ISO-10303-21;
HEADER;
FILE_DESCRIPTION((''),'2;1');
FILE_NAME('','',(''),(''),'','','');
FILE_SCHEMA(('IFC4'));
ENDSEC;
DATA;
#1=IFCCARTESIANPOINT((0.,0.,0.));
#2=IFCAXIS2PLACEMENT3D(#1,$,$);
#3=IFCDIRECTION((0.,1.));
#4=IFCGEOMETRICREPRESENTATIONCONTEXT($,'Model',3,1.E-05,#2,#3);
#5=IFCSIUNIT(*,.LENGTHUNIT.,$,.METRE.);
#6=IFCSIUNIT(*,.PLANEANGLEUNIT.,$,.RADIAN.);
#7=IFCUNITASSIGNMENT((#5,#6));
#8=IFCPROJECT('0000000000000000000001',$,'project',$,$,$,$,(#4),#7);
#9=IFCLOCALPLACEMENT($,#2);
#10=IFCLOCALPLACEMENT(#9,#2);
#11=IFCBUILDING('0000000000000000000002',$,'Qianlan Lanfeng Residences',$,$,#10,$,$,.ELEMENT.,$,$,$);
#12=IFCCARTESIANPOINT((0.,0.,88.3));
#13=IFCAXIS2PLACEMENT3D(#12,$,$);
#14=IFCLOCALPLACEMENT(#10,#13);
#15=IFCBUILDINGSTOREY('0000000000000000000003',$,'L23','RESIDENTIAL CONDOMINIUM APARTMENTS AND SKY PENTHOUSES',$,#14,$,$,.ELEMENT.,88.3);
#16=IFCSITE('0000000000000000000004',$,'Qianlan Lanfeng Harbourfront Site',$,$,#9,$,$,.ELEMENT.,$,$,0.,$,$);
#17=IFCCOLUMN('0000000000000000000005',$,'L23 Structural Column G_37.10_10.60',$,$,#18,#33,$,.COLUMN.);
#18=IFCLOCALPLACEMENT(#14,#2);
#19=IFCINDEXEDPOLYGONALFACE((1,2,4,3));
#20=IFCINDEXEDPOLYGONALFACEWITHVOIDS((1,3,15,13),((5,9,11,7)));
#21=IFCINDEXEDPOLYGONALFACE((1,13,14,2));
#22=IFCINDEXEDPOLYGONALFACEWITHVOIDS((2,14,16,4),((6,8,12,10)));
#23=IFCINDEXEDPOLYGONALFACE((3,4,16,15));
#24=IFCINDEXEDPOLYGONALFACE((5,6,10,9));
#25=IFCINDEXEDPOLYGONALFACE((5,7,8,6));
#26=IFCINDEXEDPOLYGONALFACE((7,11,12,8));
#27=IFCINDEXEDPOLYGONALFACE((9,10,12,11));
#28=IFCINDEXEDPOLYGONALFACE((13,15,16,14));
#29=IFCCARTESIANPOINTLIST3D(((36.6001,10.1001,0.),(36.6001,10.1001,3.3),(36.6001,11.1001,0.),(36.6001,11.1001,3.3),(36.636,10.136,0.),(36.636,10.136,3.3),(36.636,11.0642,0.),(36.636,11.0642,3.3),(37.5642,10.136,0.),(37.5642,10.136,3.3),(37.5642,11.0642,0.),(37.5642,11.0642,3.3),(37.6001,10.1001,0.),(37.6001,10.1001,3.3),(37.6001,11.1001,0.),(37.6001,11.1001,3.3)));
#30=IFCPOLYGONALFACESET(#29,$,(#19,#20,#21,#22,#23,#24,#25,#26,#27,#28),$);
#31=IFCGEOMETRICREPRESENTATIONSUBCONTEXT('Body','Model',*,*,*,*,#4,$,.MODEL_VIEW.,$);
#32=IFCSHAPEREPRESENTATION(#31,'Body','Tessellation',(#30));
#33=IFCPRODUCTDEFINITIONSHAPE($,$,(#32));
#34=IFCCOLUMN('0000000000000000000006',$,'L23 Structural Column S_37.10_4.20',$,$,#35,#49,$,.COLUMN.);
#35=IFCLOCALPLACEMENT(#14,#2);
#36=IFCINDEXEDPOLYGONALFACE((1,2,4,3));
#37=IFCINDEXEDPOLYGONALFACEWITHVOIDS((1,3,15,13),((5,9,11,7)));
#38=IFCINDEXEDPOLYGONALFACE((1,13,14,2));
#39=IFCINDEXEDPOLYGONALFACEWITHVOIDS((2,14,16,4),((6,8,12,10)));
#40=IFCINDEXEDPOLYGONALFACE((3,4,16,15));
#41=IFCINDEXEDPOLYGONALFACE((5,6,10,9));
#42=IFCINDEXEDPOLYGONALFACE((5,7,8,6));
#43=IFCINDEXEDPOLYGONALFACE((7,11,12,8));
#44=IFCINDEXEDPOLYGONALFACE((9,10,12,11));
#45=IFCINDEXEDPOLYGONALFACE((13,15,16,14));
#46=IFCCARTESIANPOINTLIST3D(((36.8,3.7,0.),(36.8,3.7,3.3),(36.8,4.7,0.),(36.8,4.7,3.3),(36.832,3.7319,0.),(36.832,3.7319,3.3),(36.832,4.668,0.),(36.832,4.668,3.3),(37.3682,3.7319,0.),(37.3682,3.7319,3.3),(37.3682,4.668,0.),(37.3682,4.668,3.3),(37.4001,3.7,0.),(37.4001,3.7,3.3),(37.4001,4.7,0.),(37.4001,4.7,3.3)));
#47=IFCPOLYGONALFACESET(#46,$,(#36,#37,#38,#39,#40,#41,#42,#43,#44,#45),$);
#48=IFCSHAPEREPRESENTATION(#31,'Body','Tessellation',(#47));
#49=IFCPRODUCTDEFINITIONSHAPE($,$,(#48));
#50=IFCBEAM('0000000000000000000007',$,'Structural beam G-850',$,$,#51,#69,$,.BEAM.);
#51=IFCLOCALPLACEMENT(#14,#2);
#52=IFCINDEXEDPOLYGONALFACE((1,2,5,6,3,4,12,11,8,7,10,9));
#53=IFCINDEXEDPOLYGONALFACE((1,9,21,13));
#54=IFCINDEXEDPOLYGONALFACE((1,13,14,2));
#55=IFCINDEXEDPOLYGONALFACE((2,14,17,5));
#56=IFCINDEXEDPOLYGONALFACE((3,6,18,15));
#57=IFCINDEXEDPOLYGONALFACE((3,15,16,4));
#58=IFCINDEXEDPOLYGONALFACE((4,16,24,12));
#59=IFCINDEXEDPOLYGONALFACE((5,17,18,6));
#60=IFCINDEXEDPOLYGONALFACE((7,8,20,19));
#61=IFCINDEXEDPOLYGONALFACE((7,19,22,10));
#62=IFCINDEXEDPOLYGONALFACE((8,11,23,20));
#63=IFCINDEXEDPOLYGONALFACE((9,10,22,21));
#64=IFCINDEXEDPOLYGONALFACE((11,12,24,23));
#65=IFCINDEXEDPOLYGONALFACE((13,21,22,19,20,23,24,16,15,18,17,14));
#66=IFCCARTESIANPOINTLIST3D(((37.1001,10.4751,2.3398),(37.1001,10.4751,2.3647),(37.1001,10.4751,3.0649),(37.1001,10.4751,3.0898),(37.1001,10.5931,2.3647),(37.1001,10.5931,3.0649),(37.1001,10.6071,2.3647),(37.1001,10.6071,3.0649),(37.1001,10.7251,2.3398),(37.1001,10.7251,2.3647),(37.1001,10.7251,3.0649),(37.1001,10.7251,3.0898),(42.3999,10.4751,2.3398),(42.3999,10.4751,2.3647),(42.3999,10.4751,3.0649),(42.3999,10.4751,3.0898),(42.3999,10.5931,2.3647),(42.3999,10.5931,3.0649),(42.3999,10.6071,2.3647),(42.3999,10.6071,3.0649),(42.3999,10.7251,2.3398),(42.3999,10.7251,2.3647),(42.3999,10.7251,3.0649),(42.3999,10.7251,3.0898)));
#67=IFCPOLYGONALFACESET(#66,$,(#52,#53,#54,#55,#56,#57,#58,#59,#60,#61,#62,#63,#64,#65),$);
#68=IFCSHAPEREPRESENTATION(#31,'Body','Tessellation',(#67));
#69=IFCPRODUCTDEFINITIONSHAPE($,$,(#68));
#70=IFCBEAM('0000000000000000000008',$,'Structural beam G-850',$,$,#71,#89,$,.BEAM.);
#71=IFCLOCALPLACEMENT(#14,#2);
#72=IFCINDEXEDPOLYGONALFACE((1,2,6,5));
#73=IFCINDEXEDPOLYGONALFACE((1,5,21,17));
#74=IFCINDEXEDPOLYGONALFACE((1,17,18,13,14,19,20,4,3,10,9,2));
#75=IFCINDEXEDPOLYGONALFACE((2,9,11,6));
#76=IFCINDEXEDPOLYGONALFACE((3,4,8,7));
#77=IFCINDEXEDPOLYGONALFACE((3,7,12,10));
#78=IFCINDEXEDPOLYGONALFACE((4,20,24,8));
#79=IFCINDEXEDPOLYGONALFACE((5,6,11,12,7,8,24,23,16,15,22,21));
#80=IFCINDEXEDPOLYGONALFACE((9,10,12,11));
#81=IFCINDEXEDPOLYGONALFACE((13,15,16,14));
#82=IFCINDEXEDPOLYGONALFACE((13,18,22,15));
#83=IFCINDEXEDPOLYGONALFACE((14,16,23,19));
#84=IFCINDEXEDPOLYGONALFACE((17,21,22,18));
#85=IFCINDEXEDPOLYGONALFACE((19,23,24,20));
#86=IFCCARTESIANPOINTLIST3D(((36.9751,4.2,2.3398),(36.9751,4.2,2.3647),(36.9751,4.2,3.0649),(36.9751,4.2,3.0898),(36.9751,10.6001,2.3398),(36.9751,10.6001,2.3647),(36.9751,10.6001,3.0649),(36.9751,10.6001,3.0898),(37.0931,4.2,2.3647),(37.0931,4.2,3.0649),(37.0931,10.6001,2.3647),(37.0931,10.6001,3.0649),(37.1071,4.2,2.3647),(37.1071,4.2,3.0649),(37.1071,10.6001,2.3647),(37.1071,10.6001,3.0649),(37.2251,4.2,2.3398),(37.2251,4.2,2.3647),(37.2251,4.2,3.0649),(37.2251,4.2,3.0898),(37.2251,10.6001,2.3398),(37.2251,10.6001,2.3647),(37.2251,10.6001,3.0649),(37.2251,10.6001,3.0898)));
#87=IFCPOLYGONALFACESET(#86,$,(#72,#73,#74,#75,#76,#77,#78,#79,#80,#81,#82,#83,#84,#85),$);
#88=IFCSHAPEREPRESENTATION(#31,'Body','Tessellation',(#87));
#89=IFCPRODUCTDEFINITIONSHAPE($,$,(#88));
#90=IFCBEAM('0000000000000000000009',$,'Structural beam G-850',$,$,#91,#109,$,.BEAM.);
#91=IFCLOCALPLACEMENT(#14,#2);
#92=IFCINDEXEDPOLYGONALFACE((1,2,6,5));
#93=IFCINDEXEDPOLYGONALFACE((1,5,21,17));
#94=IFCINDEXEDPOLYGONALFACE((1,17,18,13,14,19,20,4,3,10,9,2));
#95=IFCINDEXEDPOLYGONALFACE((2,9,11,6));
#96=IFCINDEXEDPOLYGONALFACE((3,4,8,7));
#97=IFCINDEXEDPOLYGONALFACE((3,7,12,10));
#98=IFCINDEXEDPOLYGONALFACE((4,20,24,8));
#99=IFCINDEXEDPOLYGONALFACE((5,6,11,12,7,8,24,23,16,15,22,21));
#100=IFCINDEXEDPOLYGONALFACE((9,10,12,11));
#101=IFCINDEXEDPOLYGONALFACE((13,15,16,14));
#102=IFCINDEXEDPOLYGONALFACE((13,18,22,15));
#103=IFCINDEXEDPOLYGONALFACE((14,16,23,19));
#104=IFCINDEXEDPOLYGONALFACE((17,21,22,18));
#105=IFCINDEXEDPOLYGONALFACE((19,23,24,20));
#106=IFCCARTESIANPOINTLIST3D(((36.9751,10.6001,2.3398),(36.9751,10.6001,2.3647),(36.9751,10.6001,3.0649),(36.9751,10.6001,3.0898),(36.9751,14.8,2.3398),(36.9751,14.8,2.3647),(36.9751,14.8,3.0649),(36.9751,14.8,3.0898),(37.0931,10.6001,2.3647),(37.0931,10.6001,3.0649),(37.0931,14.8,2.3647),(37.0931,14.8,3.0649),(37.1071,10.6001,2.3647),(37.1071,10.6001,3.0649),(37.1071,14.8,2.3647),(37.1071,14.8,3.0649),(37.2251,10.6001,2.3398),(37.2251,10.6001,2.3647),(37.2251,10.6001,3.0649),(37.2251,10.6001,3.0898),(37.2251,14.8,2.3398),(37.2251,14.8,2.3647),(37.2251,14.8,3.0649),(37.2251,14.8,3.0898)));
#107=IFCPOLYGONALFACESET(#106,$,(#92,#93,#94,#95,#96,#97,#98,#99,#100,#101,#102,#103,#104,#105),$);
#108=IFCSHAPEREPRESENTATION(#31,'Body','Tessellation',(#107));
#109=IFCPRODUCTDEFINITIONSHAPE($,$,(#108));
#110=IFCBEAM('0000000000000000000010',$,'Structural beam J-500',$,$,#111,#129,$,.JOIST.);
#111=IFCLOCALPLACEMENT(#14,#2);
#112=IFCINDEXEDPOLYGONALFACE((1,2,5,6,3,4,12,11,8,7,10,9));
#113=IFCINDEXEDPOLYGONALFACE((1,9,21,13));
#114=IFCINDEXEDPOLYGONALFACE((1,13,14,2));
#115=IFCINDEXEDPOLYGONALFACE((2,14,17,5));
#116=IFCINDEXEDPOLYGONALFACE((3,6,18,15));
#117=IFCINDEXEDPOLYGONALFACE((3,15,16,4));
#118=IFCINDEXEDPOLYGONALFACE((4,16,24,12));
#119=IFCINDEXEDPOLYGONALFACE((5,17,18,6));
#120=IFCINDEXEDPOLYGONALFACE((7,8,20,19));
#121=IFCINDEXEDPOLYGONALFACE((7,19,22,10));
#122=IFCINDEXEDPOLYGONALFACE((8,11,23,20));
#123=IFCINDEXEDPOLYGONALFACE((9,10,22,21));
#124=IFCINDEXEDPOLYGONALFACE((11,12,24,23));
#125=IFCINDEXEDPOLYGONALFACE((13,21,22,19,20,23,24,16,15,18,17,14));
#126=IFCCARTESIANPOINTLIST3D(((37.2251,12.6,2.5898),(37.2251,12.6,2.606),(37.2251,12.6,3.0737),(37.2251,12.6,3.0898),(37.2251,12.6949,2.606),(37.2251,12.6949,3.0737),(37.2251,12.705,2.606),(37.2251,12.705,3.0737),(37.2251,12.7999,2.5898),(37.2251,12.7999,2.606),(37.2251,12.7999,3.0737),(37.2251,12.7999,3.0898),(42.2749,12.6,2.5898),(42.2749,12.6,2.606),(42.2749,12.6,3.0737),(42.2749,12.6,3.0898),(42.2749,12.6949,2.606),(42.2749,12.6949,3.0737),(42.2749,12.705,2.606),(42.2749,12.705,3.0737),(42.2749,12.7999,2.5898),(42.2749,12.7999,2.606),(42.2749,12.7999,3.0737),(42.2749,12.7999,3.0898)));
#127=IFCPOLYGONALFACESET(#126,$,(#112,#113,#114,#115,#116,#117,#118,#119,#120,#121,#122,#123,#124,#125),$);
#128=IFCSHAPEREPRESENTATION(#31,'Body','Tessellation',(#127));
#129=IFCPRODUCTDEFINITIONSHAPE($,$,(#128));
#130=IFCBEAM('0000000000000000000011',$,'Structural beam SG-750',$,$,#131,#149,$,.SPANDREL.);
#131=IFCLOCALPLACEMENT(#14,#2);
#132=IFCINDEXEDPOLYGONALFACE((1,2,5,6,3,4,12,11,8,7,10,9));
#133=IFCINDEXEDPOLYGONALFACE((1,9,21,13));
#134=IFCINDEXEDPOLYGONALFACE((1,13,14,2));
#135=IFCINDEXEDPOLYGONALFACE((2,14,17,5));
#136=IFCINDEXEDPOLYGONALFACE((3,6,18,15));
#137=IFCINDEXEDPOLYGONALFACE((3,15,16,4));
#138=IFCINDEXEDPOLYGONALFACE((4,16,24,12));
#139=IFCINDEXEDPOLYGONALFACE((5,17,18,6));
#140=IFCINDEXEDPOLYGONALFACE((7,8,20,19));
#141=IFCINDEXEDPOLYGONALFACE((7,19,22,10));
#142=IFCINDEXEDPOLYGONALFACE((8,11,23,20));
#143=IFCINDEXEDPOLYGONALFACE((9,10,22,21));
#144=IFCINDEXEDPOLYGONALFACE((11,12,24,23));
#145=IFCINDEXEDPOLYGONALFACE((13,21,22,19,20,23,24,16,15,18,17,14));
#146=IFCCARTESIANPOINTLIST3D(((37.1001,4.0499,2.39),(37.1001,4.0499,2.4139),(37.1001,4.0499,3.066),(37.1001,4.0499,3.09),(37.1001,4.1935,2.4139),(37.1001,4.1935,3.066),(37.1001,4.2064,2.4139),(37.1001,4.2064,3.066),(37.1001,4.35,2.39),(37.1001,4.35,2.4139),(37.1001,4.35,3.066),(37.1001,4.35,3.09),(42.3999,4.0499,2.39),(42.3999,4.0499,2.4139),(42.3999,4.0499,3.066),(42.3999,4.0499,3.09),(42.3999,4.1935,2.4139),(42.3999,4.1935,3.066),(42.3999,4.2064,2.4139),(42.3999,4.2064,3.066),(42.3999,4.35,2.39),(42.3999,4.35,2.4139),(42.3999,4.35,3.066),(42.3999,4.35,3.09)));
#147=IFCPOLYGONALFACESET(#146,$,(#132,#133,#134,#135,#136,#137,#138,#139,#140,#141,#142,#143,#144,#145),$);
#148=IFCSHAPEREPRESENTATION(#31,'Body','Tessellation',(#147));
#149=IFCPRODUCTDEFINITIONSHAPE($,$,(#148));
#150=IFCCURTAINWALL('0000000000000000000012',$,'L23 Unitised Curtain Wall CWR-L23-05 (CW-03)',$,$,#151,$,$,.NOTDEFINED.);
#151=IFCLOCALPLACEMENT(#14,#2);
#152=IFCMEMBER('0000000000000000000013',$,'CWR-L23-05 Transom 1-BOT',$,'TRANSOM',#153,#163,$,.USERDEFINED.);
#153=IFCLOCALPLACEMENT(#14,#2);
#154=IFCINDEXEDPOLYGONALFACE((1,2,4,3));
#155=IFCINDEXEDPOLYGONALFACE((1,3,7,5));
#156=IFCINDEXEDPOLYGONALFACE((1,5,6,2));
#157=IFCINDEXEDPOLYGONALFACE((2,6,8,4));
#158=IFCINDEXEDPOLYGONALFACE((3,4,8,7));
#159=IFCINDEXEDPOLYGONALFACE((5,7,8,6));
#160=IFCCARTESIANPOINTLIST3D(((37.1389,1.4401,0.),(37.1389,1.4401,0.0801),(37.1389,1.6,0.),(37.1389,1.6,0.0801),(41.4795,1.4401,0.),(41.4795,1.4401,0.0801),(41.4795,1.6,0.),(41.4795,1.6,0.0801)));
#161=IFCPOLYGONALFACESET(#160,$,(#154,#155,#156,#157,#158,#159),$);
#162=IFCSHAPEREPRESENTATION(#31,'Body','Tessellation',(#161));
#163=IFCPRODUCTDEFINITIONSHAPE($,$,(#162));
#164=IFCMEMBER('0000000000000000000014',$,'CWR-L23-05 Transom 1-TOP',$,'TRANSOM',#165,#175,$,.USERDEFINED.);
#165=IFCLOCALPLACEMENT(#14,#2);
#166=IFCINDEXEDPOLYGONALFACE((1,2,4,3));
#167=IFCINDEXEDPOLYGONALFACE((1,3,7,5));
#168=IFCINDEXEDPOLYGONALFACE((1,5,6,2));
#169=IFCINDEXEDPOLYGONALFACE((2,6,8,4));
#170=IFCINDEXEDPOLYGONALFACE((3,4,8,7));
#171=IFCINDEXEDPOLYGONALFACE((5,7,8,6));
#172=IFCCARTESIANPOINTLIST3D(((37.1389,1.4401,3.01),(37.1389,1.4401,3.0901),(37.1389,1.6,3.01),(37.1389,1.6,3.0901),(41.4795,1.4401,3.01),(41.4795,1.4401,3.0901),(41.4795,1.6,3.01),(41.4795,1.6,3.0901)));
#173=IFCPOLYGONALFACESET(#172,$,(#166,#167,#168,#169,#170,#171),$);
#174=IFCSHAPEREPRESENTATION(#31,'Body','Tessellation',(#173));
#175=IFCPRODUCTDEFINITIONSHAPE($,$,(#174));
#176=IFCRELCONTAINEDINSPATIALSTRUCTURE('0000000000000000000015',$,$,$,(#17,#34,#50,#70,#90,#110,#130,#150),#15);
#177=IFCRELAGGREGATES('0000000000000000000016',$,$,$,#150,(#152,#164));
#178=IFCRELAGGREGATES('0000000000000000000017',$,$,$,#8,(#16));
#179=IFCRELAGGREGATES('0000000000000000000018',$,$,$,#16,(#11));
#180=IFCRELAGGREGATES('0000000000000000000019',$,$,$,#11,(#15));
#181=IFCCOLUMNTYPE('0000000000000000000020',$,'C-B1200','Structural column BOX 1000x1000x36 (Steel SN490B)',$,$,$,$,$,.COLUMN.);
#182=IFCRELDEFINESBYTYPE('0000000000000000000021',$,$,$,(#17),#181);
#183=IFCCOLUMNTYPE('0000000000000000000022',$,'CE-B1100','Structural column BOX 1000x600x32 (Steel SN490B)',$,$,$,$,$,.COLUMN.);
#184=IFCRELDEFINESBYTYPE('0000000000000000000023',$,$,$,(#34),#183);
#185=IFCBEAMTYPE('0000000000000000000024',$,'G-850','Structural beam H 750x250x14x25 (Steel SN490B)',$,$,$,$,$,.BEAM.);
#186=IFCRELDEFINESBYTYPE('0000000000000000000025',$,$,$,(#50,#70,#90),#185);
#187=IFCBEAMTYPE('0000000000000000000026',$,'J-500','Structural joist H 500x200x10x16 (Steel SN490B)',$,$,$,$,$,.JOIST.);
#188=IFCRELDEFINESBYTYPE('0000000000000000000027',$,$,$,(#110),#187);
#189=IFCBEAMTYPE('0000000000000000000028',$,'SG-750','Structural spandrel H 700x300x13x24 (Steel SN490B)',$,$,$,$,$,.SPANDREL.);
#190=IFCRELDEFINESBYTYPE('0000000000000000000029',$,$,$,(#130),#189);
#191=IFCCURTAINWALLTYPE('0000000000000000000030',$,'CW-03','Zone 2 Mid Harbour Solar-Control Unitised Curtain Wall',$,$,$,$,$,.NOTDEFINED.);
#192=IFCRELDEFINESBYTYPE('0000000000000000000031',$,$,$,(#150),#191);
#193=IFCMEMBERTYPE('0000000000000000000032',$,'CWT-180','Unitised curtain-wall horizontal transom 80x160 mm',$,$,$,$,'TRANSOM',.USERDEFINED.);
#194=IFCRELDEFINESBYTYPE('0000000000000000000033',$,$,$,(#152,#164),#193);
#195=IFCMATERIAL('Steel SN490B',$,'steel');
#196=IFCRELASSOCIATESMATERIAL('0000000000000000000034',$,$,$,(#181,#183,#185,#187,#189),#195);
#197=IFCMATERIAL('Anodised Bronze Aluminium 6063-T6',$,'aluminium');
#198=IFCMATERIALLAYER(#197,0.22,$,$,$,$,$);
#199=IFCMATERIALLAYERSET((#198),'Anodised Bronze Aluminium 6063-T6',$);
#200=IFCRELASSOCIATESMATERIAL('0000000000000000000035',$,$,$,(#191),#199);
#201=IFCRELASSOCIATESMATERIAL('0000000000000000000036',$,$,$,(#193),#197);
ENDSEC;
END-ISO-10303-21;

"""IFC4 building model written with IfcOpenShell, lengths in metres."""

from ifc_helpers import new_model, si_unit, direction, frame, origin, origin_2d, place, context, subcontext, project, spatial, rectangle, hollow_rectangle, i_section, extrude, source, transform, mapped, material, layer, layer_set, material_profile, profile_set, type_object, element, aggregate, save


model = new_model("IFC4")

# Units and contexts
model_context = context("Model", 3, precision=1e-05, world=origin(), true_north=direction((0.0, 1.0)))
body_context = subcontext(model_context, "Body", "Model", "MODEL_VIEW")
ifc_project = project(units=[si_unit("LENGTHUNIT", "METRE"), si_unit("PLANEANGLEUNIT", "RADIAN")], contexts=[model_context])

# Site, building, storey
site_placement = place(None, origin())
site = spatial("IfcSite", under=ifc_project, at=site_placement, Name="Qianlan Lanfeng Harbourfront Site", CompositionType="ELEMENT", RefElevation=0.0)
building_placement = place(site_placement, origin())
building = spatial("IfcBuilding", under=site, at=building_placement, Name="Qianlan Lanfeng Residences", CompositionType="ELEMENT")
storey_placement = place(building_placement, frame((0.0, 0.0, 88.3)))
storey = spatial("IfcBuildingStorey", under=building, at=storey_placement, Name="L23", Description="RESIDENTIAL CONDOMINIUM APARTMENTS AND SKY PENTHOUSES", CompositionType="ELEMENT", Elevation=88.3)

# Columns
ifc_material_1 = material(Name="Steel SN490B", Category="steel")
ifc_material_profile_1 = material_profile(ifc_material_1, hollow_rectangle(XDim=1.0, YDim=1.0, WallThickness=0.0359, at=origin_2d()), Name="BOX 1000x1000x36")
ifc_profile_set_1 = profile_set([ifc_material_profile_1], Name="Steel SN490B")
column_type_1 = type_object("IfcColumnType", Name="C-B1200", Description="Structural column BOX 1000x1000x36 (Steel SN490B)", PredefinedType="COLUMN", material=ifc_profile_set_1)
column_1_placement = place(storey_placement, frame((37.1001, 10.6001, 0.0), z_axis=(0.0, 0.0, 1.0), x_axis=(1.0, 0.0, 0.0)))
element("IfcColumn", 1, at=column_1_placement, inside=storey, type_object=column_type_1, Name="L23 Structural Column G_37.10_10.60", PredefinedType="COLUMN", context=body_context, shape_type="SweptSolid", body=[
    extrude(hollow_rectangle(XDim=1.0, YDim=1.0, WallThickness=0.0359, at=origin_2d()), origin(), (0.0, 0.0, 1.0), 3.3),
])
ifc_material_profile_2 = material_profile(ifc_material_1, hollow_rectangle(XDim=0.6001, YDim=1.0, WallThickness=0.032, at=origin_2d()), Name="BOX 1000x600x32")
ifc_profile_set_2 = profile_set([ifc_material_profile_2], Name="Steel SN490B")
column_type_2 = type_object("IfcColumnType", Name="CE-B1100", Description="Structural column BOX 1000x600x32 (Steel SN490B)", PredefinedType="COLUMN", material=ifc_profile_set_2)
column_2_placement = place(storey_placement, frame((37.1001, 4.2, 0.0), z_axis=(0.0, 0.0, 1.0), x_axis=(1.0, 0.0, 0.0)))
element("IfcColumn", 2, at=column_2_placement, inside=storey, type_object=column_type_2, Name="L23 Structural Column S_37.10_4.20", PredefinedType="COLUMN", context=body_context, shape_type="SweptSolid", body=[
    extrude(hollow_rectangle(XDim=0.6001, YDim=1.0, WallThickness=0.032, at=origin_2d()), origin(), (0.0, 0.0, 1.0), 3.3),
])

# Beams
ifc_material_profile_3 = material_profile(ifc_material_1, i_section(OverallWidth=0.25, OverallDepth=0.75, WebThickness=0.0139, FlangeThickness=0.0249, at=origin_2d()), Name="H 750x250x14x25")
ifc_profile_set_3 = profile_set([ifc_material_profile_3], Name="Steel SN490B")
beam_type_1 = type_object("IfcBeamType", Name="G-850", Description="Structural beam H 750x250x14x25 (Steel SN490B)", PredefinedType="BEAM", material=ifc_profile_set_3)
beam_1_placement = place(storey_placement, frame((37.1001, 10.6001, 2.7148), z_axis=(1.0, 0.0, 0.0), x_axis=(0.0, 1.0, 0.0)))
element("IfcBeam", 3, at=beam_1_placement, inside=storey, type_object=beam_type_1, Name="Structural beam G-850", PredefinedType="BEAM", context=body_context, shape_type="SweptSolid", body=[
    extrude(i_section(OverallWidth=0.25, OverallDepth=0.75, WebThickness=0.0139, FlangeThickness=0.0249, at=origin_2d()), origin(), (0.0, 0.0, 1.0), 5.2998),
])
beam_2_placement = place(storey_placement, frame((37.1001, 4.2, 2.7148), z_axis=(0.0, 1.0, 0.0), x_axis=(-1.0, 0.0, 0.0)))
element("IfcBeam", 4, at=beam_2_placement, inside=storey, type_object=beam_type_1, Name="Structural beam G-850", PredefinedType="BEAM", context=body_context, shape_type="SweptSolid", body=[
    extrude(i_section(OverallWidth=0.25, OverallDepth=0.75, WebThickness=0.0139, FlangeThickness=0.0249, at=origin_2d()), origin(), (0.0, 0.0, 1.0), 6.4001),
])
beam_3_placement = place(storey_placement, frame((37.1001, 10.6001, 2.7148), z_axis=(0.0, 1.0, 0.0), x_axis=(-1.0, 0.0, 0.0)))
element("IfcBeam", 5, at=beam_3_placement, inside=storey, type_object=beam_type_1, Name="Structural beam G-850", PredefinedType="BEAM", context=body_context, shape_type="SweptSolid", body=[
    extrude(i_section(OverallWidth=0.25, OverallDepth=0.75, WebThickness=0.0139, FlangeThickness=0.0249, at=origin_2d()), origin(), (0.0, 0.0, 1.0), 4.2),
])
ifc_material_profile_4 = material_profile(ifc_material_1, i_section(OverallWidth=0.2, OverallDepth=0.5, WebThickness=0.01, FlangeThickness=0.0161, at=origin_2d()), Name="H 500x200x10x16")
ifc_profile_set_4 = profile_set([ifc_material_profile_4], Name="Steel SN490B")
beam_type_2 = type_object("IfcBeamType", Name="J-500", Description="Structural joist H 500x200x10x16 (Steel SN490B)", PredefinedType="JOIST", material=ifc_profile_set_4)
beam_4_placement = place(storey_placement, frame((37.2251, 12.7, 2.8398), z_axis=(1.0, 0.0, 0.0), x_axis=(0.0, 1.0, 0.0)))
element("IfcBeam", 6, at=beam_4_placement, inside=storey, type_object=beam_type_2, Name="Structural beam J-500", PredefinedType="JOIST", context=body_context, shape_type="SweptSolid", body=[
    extrude(i_section(OverallWidth=0.2, OverallDepth=0.5, WebThickness=0.01, FlangeThickness=0.0161, at=origin_2d()), origin(), (0.0, 0.0, 1.0), 5.0498),
])
ifc_material_profile_5 = material_profile(ifc_material_1, i_section(OverallWidth=0.3, OverallDepth=0.7, WebThickness=0.0129, FlangeThickness=0.0239, at=origin_2d()), Name="H 700x300x13x24")
ifc_profile_set_5 = profile_set([ifc_material_profile_5], Name="Steel SN490B")
beam_type_3 = type_object("IfcBeamType", Name="SG-750", Description="Structural spandrel H 700x300x13x24 (Steel SN490B)", PredefinedType="SPANDREL", material=ifc_profile_set_5)
beam_5_placement = place(storey_placement, frame((37.1001, 4.2, 2.74), z_axis=(1.0, 0.0, 0.0), x_axis=(0.0, 1.0, 0.0)))
element("IfcBeam", 7, at=beam_5_placement, inside=storey, type_object=beam_type_3, Name="Structural beam SG-750", PredefinedType="SPANDREL", context=body_context, shape_type="SweptSolid", body=[
    extrude(i_section(OverallWidth=0.3, OverallDepth=0.7, WebThickness=0.0129, FlangeThickness=0.0239, at=origin_2d()), origin(), (0.0, 0.0, 1.0), 5.2998),
])

# Curtain wall, members
ifc_material_2 = material(Name="Anodised Bronze Aluminium 6063-T6", Category="aluminium")
ifc_layer_1 = layer(ifc_material_2, 0.22)
ifc_layer_set_1 = layer_set([ifc_layer_1], Name="Anodised Bronze Aluminium 6063-T6")
curtain_wall_type = type_object("IfcCurtainWallType", Name="CW-03", Description="Zone 2 Mid Harbour Solar-Control Unitised Curtain Wall", PredefinedType="NOTDEFINED", material=ifc_layer_set_1)
curtain_wall_1_placement = place(storey_placement, origin())
curtain_wall_1 = element("IfcCurtainWall", 8, at=curtain_wall_1_placement, inside=storey, type_object=curtain_wall_type, Name="L23 Unitised Curtain Wall CWR-L23-05 (CW-03)", PredefinedType="NOTDEFINED")
ifc_material_profile_6 = material_profile(ifc_material_2, rectangle(XDim=0.0801, YDim=0.1599, at=origin_2d()), Name="ALU TRANSOM 80x160")
ifc_profile_set_6 = profile_set([ifc_material_profile_6], Name="Anodised Bronze Aluminium 6063-T6")
member_type_1 = type_object("IfcMemberType", Name="CWT-180", Description="Unitised curtain-wall horizontal transom 80x160 mm", ElementType="TRANSOM", PredefinedType="USERDEFINED", material=ifc_profile_set_6)
shared_shape_1 = source(origin(), body_context, "Body", "SweptSolid", [
    extrude(rectangle(XDim=0.0801, YDim=0.1599, at=origin_2d()), origin(), (0.0, 0.0, 1.0), 4.3406),
])
member_1_placement = place(storey_placement, frame((37.1389, 1.52, 0.04), z_axis=(1.0, 0.0, 0.0), x_axis=(0.0, 0.0, 1.0)))
member_1 = element("IfcMember", 9, at=member_1_placement, type_object=member_type_1, Name="CWR-L23-05 Transom 1-BOT", ObjectType="TRANSOM", PredefinedType="USERDEFINED", context=body_context, shape_type="MappedRepresentation", body=[
    mapped(shared_shape_1, transform((0.0, 0.0, 0.0), scale=1.0)),
])
member_2_placement = place(storey_placement, frame((37.1389, 1.52, 3.05), z_axis=(1.0, 0.0, 0.0), x_axis=(0.0, 0.0, 1.0)))
member_2 = element("IfcMember", 10, at=member_2_placement, type_object=member_type_1, Name="CWR-L23-05 Transom 1-TOP", ObjectType="TRANSOM", PredefinedType="USERDEFINED", context=body_context, shape_type="MappedRepresentation", body=[
    mapped(shared_shape_1, transform((0.0, 0.0, 0.0), scale=1.0)),
])

aggregate(curtain_wall_1, [member_1, member_2])

save(model, "model.ifc")
